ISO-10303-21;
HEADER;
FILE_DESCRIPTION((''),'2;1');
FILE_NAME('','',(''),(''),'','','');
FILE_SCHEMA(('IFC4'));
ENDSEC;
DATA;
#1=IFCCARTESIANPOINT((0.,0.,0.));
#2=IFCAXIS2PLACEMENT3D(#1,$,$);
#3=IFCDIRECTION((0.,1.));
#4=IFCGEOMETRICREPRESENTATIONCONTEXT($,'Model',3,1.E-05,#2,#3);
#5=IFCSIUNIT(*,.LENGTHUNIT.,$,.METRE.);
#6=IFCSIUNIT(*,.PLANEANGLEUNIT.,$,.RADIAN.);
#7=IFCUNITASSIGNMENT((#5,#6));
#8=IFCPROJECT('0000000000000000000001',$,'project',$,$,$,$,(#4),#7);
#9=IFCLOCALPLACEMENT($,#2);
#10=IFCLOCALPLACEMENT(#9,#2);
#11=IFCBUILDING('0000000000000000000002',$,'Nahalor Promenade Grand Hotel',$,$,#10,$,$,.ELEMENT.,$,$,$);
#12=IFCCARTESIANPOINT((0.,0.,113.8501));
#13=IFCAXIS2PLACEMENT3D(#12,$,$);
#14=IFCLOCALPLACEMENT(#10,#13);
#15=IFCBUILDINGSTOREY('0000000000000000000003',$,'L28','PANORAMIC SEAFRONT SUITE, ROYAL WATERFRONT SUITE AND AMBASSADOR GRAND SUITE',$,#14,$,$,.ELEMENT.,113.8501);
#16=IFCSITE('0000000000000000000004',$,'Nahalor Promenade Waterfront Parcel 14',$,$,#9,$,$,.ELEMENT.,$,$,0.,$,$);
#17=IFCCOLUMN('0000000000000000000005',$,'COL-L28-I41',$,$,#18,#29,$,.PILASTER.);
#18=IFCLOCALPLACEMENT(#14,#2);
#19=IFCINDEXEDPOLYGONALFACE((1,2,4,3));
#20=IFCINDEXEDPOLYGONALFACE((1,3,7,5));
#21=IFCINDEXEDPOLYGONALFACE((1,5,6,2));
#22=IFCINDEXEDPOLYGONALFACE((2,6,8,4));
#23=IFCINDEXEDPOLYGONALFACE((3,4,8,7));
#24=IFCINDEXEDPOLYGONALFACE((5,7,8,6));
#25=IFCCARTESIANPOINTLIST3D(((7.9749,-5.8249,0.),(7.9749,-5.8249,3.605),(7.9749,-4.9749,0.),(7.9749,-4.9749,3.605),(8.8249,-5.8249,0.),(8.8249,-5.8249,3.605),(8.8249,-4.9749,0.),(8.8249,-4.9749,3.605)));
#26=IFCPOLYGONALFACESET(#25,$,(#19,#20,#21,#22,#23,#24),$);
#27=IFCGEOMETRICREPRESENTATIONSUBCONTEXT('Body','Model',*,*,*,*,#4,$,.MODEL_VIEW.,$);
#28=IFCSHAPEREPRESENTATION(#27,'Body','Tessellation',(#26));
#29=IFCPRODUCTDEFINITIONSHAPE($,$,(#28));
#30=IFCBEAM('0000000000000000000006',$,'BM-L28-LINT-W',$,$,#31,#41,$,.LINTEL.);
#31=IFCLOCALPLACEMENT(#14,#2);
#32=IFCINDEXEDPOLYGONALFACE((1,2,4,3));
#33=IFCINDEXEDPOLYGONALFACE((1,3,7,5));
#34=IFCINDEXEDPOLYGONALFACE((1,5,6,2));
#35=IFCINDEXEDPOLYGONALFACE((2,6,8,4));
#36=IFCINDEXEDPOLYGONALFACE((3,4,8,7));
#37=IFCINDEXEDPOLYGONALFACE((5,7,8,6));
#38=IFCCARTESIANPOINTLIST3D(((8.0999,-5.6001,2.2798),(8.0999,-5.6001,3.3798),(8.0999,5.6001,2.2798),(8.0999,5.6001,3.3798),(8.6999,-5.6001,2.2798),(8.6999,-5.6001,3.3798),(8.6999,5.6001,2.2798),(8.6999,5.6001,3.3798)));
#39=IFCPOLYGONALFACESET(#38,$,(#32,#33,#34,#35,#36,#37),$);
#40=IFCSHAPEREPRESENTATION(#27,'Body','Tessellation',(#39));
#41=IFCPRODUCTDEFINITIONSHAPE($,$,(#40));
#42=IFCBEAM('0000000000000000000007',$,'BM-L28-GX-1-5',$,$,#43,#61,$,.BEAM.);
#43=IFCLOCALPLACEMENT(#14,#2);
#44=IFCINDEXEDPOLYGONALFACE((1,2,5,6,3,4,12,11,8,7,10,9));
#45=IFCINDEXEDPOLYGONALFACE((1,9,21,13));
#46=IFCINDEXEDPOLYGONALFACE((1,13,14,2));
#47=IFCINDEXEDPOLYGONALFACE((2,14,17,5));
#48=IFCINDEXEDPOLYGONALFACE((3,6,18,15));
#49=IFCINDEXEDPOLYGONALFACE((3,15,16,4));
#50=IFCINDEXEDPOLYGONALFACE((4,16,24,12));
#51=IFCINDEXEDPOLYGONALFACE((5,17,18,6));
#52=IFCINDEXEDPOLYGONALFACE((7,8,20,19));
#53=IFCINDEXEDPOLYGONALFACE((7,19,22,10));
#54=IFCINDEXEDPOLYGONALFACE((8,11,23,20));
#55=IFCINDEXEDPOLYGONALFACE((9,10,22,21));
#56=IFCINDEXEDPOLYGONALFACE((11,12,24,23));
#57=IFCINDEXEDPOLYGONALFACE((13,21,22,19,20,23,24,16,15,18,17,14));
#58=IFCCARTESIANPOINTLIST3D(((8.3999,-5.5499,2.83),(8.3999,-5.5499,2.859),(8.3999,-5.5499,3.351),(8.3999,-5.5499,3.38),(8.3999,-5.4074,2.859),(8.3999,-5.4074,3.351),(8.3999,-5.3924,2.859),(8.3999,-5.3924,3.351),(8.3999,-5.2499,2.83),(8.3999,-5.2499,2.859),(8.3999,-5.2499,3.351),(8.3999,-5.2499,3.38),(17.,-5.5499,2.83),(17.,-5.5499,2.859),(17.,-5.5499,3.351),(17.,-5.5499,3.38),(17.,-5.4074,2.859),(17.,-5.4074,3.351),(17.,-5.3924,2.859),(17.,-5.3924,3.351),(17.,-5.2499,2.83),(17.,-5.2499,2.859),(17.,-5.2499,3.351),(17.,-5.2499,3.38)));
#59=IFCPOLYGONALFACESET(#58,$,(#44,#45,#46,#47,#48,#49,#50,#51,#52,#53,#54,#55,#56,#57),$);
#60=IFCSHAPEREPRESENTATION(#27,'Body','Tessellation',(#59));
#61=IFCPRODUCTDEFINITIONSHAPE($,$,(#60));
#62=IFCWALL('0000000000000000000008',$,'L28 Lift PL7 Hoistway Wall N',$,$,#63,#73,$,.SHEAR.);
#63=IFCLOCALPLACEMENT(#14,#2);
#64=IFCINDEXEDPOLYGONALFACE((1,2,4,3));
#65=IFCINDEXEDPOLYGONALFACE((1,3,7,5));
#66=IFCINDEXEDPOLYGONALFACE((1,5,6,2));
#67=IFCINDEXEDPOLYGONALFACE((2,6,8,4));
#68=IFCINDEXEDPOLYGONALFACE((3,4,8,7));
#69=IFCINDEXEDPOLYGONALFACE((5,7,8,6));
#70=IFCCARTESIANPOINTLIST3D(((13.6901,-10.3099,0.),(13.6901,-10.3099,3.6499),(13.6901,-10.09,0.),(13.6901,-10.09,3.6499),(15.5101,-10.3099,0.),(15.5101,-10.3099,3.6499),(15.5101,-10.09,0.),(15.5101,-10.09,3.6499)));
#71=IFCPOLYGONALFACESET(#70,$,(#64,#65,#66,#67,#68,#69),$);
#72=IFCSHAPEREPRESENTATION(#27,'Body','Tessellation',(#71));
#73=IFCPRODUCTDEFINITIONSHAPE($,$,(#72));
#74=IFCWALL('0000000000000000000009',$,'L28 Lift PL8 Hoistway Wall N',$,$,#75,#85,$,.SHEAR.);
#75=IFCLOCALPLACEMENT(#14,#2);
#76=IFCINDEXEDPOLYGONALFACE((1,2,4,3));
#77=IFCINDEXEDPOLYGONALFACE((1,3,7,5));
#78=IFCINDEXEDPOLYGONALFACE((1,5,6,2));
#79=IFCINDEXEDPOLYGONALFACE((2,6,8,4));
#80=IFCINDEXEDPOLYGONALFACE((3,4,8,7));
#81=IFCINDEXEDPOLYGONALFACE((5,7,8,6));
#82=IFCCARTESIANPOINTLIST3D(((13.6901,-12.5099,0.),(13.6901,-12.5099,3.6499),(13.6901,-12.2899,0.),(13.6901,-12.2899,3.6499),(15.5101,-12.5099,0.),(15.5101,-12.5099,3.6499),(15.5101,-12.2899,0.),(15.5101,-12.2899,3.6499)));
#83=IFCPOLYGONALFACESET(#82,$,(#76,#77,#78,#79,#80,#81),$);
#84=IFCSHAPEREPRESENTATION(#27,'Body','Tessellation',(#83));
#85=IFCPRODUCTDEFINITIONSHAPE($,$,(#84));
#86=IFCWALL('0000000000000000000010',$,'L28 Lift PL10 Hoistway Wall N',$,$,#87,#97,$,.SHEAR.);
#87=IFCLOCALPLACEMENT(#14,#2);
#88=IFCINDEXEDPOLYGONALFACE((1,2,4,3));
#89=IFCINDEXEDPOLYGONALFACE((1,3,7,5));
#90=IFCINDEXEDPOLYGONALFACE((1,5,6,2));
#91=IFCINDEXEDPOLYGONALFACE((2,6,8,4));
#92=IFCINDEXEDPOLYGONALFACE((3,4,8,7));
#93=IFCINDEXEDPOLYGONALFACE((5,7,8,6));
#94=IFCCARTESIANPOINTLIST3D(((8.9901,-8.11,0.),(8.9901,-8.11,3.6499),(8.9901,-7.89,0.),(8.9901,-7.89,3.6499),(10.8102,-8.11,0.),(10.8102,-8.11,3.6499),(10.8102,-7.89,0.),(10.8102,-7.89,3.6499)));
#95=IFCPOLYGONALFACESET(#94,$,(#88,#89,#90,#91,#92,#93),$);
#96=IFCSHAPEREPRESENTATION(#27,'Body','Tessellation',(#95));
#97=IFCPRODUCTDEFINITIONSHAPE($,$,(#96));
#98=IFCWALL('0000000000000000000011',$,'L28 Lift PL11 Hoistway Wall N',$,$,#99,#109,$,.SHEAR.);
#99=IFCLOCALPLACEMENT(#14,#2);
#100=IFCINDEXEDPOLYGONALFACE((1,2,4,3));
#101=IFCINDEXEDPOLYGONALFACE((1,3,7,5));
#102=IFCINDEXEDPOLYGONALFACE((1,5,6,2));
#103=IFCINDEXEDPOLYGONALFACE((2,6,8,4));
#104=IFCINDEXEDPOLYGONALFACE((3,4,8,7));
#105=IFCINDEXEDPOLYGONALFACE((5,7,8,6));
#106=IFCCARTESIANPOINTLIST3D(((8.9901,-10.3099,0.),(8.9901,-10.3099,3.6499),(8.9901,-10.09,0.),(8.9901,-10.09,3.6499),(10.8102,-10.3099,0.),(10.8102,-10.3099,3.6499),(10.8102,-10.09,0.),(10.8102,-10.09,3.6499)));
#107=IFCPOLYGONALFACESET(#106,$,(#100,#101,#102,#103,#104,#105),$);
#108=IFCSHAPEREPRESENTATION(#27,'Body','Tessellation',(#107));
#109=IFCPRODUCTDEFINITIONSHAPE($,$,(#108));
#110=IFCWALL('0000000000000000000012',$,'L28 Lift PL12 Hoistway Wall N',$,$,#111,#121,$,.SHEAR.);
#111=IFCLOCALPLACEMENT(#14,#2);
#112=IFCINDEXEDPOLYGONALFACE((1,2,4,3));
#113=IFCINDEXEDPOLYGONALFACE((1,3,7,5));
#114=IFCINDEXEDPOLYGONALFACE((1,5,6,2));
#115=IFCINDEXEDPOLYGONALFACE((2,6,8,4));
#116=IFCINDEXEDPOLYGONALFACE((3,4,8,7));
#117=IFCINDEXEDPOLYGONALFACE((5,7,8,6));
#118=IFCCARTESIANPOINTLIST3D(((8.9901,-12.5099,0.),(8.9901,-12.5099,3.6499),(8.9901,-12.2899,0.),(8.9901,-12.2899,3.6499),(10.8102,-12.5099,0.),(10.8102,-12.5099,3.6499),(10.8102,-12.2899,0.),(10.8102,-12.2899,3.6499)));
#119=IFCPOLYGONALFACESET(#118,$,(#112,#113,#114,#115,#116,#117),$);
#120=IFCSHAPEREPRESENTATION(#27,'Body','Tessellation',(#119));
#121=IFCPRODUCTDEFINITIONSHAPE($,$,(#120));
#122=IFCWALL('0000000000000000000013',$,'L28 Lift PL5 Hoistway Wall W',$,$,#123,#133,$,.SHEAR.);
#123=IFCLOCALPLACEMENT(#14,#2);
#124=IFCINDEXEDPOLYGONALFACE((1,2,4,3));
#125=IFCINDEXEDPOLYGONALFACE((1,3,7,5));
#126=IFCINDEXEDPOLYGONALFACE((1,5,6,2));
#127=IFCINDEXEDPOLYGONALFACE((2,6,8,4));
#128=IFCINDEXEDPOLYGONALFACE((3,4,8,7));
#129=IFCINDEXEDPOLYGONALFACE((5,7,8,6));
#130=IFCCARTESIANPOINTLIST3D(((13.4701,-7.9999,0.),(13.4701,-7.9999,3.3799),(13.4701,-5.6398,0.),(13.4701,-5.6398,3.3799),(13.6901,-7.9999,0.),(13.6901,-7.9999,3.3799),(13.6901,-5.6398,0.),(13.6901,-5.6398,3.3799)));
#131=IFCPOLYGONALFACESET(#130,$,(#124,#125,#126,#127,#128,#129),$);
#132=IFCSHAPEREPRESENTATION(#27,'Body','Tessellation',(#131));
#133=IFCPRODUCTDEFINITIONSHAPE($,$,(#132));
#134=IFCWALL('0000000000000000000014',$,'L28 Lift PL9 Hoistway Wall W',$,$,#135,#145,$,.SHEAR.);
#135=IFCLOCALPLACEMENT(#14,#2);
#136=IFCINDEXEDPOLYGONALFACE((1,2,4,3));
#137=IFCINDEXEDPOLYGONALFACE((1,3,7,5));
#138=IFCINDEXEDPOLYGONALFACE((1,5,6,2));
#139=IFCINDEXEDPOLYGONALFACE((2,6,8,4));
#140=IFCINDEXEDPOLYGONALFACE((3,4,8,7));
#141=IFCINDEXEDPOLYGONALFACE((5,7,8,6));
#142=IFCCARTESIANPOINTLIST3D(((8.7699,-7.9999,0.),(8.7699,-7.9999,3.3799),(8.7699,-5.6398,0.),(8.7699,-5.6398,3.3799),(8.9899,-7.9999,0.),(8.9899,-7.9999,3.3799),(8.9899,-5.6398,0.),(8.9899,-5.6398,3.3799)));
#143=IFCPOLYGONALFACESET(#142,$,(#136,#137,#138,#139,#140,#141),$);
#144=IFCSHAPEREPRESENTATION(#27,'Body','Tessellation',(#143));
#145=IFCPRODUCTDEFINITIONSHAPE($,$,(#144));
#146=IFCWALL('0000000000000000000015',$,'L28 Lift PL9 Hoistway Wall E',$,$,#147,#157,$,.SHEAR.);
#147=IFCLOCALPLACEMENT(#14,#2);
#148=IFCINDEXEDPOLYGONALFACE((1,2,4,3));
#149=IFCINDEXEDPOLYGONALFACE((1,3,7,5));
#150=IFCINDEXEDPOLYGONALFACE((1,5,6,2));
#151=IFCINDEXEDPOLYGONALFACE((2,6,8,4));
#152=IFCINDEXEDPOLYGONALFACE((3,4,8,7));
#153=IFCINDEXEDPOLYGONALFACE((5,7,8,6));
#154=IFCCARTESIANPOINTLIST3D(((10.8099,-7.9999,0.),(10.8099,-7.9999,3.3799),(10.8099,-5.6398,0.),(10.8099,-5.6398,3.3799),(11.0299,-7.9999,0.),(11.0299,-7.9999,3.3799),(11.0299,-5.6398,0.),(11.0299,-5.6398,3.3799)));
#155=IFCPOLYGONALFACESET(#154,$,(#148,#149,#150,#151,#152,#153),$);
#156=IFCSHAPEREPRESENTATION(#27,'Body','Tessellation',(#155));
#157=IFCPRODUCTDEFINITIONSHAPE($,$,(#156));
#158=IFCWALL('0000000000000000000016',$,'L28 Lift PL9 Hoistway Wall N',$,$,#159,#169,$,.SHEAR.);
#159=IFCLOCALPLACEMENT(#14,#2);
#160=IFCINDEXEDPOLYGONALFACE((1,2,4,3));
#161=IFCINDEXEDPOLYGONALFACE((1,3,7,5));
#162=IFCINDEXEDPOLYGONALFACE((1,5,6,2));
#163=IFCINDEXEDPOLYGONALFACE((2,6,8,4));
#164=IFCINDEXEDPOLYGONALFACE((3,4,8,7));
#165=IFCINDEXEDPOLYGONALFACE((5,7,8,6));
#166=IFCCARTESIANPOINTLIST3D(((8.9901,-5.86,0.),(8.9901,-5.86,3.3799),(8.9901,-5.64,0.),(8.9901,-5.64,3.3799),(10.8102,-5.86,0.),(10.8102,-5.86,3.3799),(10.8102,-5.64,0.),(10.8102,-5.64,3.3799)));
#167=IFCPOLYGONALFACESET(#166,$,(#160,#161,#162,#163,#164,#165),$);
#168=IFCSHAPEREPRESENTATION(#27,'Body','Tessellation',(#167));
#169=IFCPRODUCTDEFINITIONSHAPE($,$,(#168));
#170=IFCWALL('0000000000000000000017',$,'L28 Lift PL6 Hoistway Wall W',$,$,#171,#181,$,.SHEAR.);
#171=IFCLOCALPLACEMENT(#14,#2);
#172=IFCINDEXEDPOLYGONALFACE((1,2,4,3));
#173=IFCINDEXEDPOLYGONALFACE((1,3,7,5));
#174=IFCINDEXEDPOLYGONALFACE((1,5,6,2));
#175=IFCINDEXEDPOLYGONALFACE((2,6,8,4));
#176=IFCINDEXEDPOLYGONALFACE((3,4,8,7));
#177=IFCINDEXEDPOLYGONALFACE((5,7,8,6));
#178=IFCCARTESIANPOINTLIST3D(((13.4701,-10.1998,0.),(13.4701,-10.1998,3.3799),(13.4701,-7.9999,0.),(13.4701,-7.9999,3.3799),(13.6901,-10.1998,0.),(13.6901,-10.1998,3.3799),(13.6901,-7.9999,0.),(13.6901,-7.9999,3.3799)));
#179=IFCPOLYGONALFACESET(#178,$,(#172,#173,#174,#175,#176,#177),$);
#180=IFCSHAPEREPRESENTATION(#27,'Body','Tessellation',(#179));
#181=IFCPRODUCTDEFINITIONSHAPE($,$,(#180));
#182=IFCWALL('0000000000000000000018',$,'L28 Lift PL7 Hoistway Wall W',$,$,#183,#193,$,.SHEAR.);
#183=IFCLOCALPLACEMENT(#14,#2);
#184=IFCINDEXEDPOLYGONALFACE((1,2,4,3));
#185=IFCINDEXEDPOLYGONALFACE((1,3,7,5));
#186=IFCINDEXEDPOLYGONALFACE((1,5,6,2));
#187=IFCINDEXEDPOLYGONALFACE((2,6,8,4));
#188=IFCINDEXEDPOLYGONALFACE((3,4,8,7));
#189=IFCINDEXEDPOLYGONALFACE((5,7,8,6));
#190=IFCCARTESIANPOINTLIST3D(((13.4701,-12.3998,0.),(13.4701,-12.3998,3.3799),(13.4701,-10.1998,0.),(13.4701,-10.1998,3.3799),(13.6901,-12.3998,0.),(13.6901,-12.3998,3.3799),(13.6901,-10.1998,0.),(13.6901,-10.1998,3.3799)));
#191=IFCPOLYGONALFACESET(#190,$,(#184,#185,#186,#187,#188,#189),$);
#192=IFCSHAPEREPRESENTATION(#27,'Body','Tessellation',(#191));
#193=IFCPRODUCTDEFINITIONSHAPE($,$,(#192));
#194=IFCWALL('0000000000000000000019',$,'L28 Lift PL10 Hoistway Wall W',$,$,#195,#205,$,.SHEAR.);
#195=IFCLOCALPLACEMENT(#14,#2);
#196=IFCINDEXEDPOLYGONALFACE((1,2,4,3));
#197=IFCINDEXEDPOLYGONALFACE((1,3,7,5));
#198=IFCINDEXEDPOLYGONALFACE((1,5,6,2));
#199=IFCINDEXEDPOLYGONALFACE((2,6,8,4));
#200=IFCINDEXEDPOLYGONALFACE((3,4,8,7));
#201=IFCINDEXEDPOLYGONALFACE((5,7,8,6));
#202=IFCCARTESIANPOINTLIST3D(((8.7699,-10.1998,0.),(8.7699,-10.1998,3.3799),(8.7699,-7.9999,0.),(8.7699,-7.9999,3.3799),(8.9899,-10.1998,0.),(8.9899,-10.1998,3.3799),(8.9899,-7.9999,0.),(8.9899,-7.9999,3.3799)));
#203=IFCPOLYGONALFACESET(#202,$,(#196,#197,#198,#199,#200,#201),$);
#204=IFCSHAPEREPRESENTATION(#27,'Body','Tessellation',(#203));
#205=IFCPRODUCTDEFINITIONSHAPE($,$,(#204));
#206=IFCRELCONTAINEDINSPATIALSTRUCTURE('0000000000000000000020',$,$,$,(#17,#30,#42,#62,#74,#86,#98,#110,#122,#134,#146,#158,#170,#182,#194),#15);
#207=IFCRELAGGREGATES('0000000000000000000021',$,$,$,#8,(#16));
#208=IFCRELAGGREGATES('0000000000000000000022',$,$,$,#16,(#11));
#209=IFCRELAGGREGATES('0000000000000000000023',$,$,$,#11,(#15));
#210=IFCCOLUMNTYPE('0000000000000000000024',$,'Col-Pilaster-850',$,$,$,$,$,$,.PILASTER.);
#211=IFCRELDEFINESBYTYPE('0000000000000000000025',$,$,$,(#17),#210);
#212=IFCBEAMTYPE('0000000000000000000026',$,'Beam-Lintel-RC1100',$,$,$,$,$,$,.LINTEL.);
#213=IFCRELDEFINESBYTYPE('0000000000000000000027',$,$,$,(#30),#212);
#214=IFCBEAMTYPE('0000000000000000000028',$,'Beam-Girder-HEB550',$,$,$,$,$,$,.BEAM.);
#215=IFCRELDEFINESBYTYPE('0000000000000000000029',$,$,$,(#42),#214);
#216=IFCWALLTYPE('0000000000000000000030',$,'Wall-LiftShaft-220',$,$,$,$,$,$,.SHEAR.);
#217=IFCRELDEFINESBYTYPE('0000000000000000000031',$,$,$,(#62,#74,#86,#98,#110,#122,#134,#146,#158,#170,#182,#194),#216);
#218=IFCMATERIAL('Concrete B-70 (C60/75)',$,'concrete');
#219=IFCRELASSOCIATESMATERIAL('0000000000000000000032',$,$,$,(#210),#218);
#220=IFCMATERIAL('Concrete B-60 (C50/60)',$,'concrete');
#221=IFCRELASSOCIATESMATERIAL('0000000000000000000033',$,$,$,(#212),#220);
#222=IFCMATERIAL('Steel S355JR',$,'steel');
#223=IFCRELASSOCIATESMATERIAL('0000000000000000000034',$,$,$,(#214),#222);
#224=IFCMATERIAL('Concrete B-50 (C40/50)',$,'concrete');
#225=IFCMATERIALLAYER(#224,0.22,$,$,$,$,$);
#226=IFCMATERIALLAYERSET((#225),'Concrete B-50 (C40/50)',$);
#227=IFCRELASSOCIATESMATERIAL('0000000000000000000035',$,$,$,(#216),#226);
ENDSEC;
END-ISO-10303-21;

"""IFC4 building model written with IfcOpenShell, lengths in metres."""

from ifc_helpers import new_model, si_unit, direction, frame, frame_2d, origin, origin_2d, place, context, subcontext, project, spatial, rectangle, i_section, extrude, source, transform, mapped, material, layer, layer_set, material_profile, profile_set, type_object, element, save


model = new_model("IFC4")

# Units and contexts
model_context = context("Model", 3, precision=1e-05, world=origin(), true_north=direction((0.0, 1.0)))
body_context = subcontext(model_context, "Body", "Model", "MODEL_VIEW")
ifc_project = project(units=[si_unit("LENGTHUNIT", "METRE"), si_unit("PLANEANGLEUNIT", "RADIAN")], contexts=[model_context])

# Site, building, storey
site_placement = place(None, origin())
site = spatial("IfcSite", under=ifc_project, at=site_placement, Name="Nahalor Promenade Waterfront Parcel 14", CompositionType="ELEMENT", RefElevation=0.0)
building_placement = place(site_placement, origin())
building = spatial("IfcBuilding", under=site, at=building_placement, Name="Nahalor Promenade Grand Hotel", CompositionType="ELEMENT")
storey_placement = place(building_placement, frame((0.0, 0.0, 113.8501)))
storey = spatial("IfcBuildingStorey", under=building, at=storey_placement, Name="L28", Description="PANORAMIC SEAFRONT SUITE, ROYAL WATERFRONT SUITE AND AMBASSADOR GRAND SUITE", CompositionType="ELEMENT", Elevation=113.8501)

# Column
ifc_material_1 = material(Name="Concrete B-70 (C60/75)", Category="concrete")
ifc_material_profile_1 = material_profile(ifc_material_1, rectangle(XDim=0.85, YDim=0.85, at=origin_2d()), Name="RC 850x850")
ifc_profile_set_1 = profile_set([ifc_material_profile_1], Name="Concrete B-70 (C60/75)")
column_type = type_object("IfcColumnType", Name="Col-Pilaster-850", PredefinedType="PILASTER", material=ifc_profile_set_1)
shared_shape_1 = source(origin(), body_context, "Body", "SweptSolid", [
    extrude(rectangle(XDim=0.85, YDim=0.85, at=origin_2d()), origin(), (0.0, 0.0, 1.0), 3.605),
])
column_placement = place(storey_placement, frame((8.3999, -5.3999, 0.0), z_axis=(0.0, 0.0, 1.0), x_axis=(1.0, 0.0, 0.0)))
element("IfcColumn", 1, at=column_placement, inside=storey, type_object=column_type, Name="COL-L28-I41", PredefinedType="PILASTER", context=body_context, shape_type="MappedRepresentation", body=[
    mapped(shared_shape_1, transform((0.0, 0.0, 0.0), scale=1.0)),
])

# Beams
ifc_material_2 = material(Name="Concrete B-60 (C50/60)", Category="concrete")
ifc_material_profile_2 = material_profile(ifc_material_2, rectangle(XDim=0.6, YDim=1.1, at=origin_2d()), Name="RC 600x1100")
ifc_profile_set_2 = profile_set([ifc_material_profile_2], Name="Concrete B-60 (C50/60)")
beam_type_1 = type_object("IfcBeamType", Name="Beam-Lintel-RC1100", PredefinedType="LINTEL", material=ifc_profile_set_2)
shared_shape_2 = source(origin(), body_context, "Body", "SweptSolid", [
    extrude(rectangle(XDim=0.6, YDim=1.1, at=origin_2d()), origin(), (0.0, 0.0, 1.0), 11.2002),
])
beam_1_placement = place(storey_placement, frame((8.3999, -5.6001, 2.8298), z_axis=(0.0, 1.0, 0.0), x_axis=(-1.0, 0.0, 0.0)))
element("IfcBeam", 2, at=beam_1_placement, inside=storey, type_object=beam_type_1, Name="BM-L28-LINT-W", PredefinedType="LINTEL", context=body_context, shape_type="MappedRepresentation", body=[
    mapped(shared_shape_2, transform((0.0, 0.0, 0.0), scale=1.0)),
])
ifc_material_3 = material(Name="Steel S355JR", Category="steel")
ifc_material_profile_3 = material_profile(ifc_material_3, i_section(OverallWidth=0.3, OverallDepth=0.55, WebThickness=0.015, FlangeThickness=0.029, at=origin_2d()), Name="HEB 550")
ifc_profile_set_3 = profile_set([ifc_material_profile_3], Name="Steel S355JR")
beam_type_2 = type_object("IfcBeamType", Name="Beam-Girder-HEB550", PredefinedType="BEAM", material=ifc_profile_set_3)
shared_shape_3 = source(origin(), body_context, "Body", "SweptSolid", [
    extrude(i_section(OverallWidth=0.3, OverallDepth=0.55, WebThickness=0.015, FlangeThickness=0.029, at=origin_2d()), origin(), (0.0, 0.0, 1.0), 8.6001),
])
beam_2_placement = place(storey_placement, frame((8.3999, -5.3999, 3.105), z_axis=(1.0, 0.0, 0.0), x_axis=(0.0, 1.0, 0.0)))
element("IfcBeam", 3, at=beam_2_placement, inside=storey, type_object=beam_type_2, Name="BM-L28-GX-1-5", PredefinedType="BEAM", context=body_context, shape_type="MappedRepresentation", body=[
    mapped(shared_shape_3, transform((0.0, 0.0, 0.0), scale=1.0)),
])

# Walls
ifc_material_4 = material(Name="Concrete B-50 (C40/50)", Category="concrete")
ifc_layer_1 = layer(ifc_material_4, 0.22)
ifc_layer_set_1 = layer_set([ifc_layer_1], Name="Concrete B-50 (C40/50)")
wall_type_1 = type_object("IfcWallType", Name="Wall-LiftShaft-220", PredefinedType="SHEAR", material=ifc_layer_set_1)
shared_shape_4 = source(origin(), body_context, "Body", "SweptSolid", [
    extrude(rectangle(XDim=1.8201, YDim=0.22, at=frame_2d((0.9102, 0.0))), origin(), (0.0, 0.0, 1.0), 3.6499),
])
for number, where, z_axis, x_axis, name in (
    (4, (13.6899, -10.2, 0.0), (0.0, 0.0, 1.0), (1.0, 0.0, 0.0), "L28 Lift PL7 Hoistway Wall N"),
    (5, (13.6899, -12.3999, 0.0), (0.0, 0.0, 1.0), (1.0, 0.0, 0.0), "L28 Lift PL8 Hoistway Wall N"),
    (6, (8.99, -8.0, 0.0), (0.0, 0.0, 1.0), (1.0, 0.0, 0.0), "L28 Lift PL10 Hoistway Wall N"),
    (7, (8.99, -10.2, 0.0), (0.0, 0.0, 1.0), (1.0, 0.0, 0.0), "L28 Lift PL11 Hoistway Wall N"),
    (8, (8.99, -12.3999, 0.0), (0.0, 0.0, 1.0), (1.0, 0.0, 0.0), "L28 Lift PL12 Hoistway Wall N"),
):
    element("IfcWall", number, at=place(storey_placement, frame(where, z_axis=z_axis, x_axis=x_axis)), inside=storey, type_object=wall_type_1, Name=name, PredefinedType="SHEAR", context=body_context, shape_type="MappedRepresentation", body=[
        mapped(shared_shape_4, transform((0.0, 0.0, 0.0), scale=1.0)),
    ])
shared_shape_5 = source(origin(), body_context, "Body", "SweptSolid", [
    extrude(rectangle(XDim=2.3601, YDim=0.22, at=frame_2d((1.1802, 0.0))), origin(), (0.0, 0.0, 1.0), 3.3799),
])
for number, where, z_axis, x_axis, name in (
    (9, (13.5801, -8.0, 0.0), (0.0, 0.0, 1.0), (0.0, 1.0, 0.0), "L28 Lift PL5 Hoistway Wall W"),
    (10, (8.8799, -8.0, 0.0), (0.0, 0.0, 1.0), (0.0, 1.0, 0.0), "L28 Lift PL9 Hoistway Wall W"),
    (11, (10.9199, -8.0, 0.0), (0.0, 0.0, 1.0), (0.0, 1.0, 0.0), "L28 Lift PL9 Hoistway Wall E"),
):
    element("IfcWall", number, at=place(storey_placement, frame(where, z_axis=z_axis, x_axis=x_axis)), inside=storey, type_object=wall_type_1, Name=name, PredefinedType="SHEAR", context=body_context, shape_type="MappedRepresentation", body=[
        mapped(shared_shape_5, transform((0.0, 0.0, 0.0), scale=1.0)),
    ])
shared_shape_6 = source(origin(), body_context, "Body", "SweptSolid", [
    extrude(rectangle(XDim=1.8201, YDim=0.22, at=frame_2d((0.9102, 0.0))), origin(), (0.0, 0.0, 1.0), 3.3799),
])
wall_1_placement = place(storey_placement, frame((8.99, -5.75, 0.0), z_axis=(0.0, 0.0, 1.0), x_axis=(1.0, 0.0, 0.0)))
element("IfcWall", 12, at=wall_1_placement, inside=storey, type_object=wall_type_1, Name="L28 Lift PL9 Hoistway Wall N", PredefinedType="SHEAR", context=body_context, shape_type="MappedRepresentation", body=[
    mapped(shared_shape_6, transform((0.0, 0.0, 0.0), scale=1.0)),
])
shared_shape_7 = source(origin(), body_context, "Body", "SweptSolid", [
    extrude(rectangle(XDim=2.2, YDim=0.22, at=frame_2d((1.1001, 0.0))), origin(), (0.0, 0.0, 1.0), 3.3799),
])
for number, where, z_axis, x_axis, name in (
    (13, (13.5801, -10.2, 0.0), (0.0, 0.0, 1.0), (0.0, 1.0, 0.0), "L28 Lift PL6 Hoistway Wall W"),
    (14, (13.5801, -12.3999, 0.0), (0.0, 0.0, 1.0), (0.0, 1.0, 0.0), "L28 Lift PL7 Hoistway Wall W"),
    (15, (8.8799, -10.2, 0.0), (0.0, 0.0, 1.0), (0.0, 1.0, 0.0), "L28 Lift PL10 Hoistway Wall W"),
):
    element("IfcWall", number, at=place(storey_placement, frame(where, z_axis=z_axis, x_axis=x_axis)), inside=storey, type_object=wall_type_1, Name=name, PredefinedType="SHEAR", context=body_context, shape_type="MappedRepresentation", body=[
        mapped(shared_shape_7, transform((0.0, 0.0, 0.0), scale=1.0)),
    ])

save(model, "model.ifc")
